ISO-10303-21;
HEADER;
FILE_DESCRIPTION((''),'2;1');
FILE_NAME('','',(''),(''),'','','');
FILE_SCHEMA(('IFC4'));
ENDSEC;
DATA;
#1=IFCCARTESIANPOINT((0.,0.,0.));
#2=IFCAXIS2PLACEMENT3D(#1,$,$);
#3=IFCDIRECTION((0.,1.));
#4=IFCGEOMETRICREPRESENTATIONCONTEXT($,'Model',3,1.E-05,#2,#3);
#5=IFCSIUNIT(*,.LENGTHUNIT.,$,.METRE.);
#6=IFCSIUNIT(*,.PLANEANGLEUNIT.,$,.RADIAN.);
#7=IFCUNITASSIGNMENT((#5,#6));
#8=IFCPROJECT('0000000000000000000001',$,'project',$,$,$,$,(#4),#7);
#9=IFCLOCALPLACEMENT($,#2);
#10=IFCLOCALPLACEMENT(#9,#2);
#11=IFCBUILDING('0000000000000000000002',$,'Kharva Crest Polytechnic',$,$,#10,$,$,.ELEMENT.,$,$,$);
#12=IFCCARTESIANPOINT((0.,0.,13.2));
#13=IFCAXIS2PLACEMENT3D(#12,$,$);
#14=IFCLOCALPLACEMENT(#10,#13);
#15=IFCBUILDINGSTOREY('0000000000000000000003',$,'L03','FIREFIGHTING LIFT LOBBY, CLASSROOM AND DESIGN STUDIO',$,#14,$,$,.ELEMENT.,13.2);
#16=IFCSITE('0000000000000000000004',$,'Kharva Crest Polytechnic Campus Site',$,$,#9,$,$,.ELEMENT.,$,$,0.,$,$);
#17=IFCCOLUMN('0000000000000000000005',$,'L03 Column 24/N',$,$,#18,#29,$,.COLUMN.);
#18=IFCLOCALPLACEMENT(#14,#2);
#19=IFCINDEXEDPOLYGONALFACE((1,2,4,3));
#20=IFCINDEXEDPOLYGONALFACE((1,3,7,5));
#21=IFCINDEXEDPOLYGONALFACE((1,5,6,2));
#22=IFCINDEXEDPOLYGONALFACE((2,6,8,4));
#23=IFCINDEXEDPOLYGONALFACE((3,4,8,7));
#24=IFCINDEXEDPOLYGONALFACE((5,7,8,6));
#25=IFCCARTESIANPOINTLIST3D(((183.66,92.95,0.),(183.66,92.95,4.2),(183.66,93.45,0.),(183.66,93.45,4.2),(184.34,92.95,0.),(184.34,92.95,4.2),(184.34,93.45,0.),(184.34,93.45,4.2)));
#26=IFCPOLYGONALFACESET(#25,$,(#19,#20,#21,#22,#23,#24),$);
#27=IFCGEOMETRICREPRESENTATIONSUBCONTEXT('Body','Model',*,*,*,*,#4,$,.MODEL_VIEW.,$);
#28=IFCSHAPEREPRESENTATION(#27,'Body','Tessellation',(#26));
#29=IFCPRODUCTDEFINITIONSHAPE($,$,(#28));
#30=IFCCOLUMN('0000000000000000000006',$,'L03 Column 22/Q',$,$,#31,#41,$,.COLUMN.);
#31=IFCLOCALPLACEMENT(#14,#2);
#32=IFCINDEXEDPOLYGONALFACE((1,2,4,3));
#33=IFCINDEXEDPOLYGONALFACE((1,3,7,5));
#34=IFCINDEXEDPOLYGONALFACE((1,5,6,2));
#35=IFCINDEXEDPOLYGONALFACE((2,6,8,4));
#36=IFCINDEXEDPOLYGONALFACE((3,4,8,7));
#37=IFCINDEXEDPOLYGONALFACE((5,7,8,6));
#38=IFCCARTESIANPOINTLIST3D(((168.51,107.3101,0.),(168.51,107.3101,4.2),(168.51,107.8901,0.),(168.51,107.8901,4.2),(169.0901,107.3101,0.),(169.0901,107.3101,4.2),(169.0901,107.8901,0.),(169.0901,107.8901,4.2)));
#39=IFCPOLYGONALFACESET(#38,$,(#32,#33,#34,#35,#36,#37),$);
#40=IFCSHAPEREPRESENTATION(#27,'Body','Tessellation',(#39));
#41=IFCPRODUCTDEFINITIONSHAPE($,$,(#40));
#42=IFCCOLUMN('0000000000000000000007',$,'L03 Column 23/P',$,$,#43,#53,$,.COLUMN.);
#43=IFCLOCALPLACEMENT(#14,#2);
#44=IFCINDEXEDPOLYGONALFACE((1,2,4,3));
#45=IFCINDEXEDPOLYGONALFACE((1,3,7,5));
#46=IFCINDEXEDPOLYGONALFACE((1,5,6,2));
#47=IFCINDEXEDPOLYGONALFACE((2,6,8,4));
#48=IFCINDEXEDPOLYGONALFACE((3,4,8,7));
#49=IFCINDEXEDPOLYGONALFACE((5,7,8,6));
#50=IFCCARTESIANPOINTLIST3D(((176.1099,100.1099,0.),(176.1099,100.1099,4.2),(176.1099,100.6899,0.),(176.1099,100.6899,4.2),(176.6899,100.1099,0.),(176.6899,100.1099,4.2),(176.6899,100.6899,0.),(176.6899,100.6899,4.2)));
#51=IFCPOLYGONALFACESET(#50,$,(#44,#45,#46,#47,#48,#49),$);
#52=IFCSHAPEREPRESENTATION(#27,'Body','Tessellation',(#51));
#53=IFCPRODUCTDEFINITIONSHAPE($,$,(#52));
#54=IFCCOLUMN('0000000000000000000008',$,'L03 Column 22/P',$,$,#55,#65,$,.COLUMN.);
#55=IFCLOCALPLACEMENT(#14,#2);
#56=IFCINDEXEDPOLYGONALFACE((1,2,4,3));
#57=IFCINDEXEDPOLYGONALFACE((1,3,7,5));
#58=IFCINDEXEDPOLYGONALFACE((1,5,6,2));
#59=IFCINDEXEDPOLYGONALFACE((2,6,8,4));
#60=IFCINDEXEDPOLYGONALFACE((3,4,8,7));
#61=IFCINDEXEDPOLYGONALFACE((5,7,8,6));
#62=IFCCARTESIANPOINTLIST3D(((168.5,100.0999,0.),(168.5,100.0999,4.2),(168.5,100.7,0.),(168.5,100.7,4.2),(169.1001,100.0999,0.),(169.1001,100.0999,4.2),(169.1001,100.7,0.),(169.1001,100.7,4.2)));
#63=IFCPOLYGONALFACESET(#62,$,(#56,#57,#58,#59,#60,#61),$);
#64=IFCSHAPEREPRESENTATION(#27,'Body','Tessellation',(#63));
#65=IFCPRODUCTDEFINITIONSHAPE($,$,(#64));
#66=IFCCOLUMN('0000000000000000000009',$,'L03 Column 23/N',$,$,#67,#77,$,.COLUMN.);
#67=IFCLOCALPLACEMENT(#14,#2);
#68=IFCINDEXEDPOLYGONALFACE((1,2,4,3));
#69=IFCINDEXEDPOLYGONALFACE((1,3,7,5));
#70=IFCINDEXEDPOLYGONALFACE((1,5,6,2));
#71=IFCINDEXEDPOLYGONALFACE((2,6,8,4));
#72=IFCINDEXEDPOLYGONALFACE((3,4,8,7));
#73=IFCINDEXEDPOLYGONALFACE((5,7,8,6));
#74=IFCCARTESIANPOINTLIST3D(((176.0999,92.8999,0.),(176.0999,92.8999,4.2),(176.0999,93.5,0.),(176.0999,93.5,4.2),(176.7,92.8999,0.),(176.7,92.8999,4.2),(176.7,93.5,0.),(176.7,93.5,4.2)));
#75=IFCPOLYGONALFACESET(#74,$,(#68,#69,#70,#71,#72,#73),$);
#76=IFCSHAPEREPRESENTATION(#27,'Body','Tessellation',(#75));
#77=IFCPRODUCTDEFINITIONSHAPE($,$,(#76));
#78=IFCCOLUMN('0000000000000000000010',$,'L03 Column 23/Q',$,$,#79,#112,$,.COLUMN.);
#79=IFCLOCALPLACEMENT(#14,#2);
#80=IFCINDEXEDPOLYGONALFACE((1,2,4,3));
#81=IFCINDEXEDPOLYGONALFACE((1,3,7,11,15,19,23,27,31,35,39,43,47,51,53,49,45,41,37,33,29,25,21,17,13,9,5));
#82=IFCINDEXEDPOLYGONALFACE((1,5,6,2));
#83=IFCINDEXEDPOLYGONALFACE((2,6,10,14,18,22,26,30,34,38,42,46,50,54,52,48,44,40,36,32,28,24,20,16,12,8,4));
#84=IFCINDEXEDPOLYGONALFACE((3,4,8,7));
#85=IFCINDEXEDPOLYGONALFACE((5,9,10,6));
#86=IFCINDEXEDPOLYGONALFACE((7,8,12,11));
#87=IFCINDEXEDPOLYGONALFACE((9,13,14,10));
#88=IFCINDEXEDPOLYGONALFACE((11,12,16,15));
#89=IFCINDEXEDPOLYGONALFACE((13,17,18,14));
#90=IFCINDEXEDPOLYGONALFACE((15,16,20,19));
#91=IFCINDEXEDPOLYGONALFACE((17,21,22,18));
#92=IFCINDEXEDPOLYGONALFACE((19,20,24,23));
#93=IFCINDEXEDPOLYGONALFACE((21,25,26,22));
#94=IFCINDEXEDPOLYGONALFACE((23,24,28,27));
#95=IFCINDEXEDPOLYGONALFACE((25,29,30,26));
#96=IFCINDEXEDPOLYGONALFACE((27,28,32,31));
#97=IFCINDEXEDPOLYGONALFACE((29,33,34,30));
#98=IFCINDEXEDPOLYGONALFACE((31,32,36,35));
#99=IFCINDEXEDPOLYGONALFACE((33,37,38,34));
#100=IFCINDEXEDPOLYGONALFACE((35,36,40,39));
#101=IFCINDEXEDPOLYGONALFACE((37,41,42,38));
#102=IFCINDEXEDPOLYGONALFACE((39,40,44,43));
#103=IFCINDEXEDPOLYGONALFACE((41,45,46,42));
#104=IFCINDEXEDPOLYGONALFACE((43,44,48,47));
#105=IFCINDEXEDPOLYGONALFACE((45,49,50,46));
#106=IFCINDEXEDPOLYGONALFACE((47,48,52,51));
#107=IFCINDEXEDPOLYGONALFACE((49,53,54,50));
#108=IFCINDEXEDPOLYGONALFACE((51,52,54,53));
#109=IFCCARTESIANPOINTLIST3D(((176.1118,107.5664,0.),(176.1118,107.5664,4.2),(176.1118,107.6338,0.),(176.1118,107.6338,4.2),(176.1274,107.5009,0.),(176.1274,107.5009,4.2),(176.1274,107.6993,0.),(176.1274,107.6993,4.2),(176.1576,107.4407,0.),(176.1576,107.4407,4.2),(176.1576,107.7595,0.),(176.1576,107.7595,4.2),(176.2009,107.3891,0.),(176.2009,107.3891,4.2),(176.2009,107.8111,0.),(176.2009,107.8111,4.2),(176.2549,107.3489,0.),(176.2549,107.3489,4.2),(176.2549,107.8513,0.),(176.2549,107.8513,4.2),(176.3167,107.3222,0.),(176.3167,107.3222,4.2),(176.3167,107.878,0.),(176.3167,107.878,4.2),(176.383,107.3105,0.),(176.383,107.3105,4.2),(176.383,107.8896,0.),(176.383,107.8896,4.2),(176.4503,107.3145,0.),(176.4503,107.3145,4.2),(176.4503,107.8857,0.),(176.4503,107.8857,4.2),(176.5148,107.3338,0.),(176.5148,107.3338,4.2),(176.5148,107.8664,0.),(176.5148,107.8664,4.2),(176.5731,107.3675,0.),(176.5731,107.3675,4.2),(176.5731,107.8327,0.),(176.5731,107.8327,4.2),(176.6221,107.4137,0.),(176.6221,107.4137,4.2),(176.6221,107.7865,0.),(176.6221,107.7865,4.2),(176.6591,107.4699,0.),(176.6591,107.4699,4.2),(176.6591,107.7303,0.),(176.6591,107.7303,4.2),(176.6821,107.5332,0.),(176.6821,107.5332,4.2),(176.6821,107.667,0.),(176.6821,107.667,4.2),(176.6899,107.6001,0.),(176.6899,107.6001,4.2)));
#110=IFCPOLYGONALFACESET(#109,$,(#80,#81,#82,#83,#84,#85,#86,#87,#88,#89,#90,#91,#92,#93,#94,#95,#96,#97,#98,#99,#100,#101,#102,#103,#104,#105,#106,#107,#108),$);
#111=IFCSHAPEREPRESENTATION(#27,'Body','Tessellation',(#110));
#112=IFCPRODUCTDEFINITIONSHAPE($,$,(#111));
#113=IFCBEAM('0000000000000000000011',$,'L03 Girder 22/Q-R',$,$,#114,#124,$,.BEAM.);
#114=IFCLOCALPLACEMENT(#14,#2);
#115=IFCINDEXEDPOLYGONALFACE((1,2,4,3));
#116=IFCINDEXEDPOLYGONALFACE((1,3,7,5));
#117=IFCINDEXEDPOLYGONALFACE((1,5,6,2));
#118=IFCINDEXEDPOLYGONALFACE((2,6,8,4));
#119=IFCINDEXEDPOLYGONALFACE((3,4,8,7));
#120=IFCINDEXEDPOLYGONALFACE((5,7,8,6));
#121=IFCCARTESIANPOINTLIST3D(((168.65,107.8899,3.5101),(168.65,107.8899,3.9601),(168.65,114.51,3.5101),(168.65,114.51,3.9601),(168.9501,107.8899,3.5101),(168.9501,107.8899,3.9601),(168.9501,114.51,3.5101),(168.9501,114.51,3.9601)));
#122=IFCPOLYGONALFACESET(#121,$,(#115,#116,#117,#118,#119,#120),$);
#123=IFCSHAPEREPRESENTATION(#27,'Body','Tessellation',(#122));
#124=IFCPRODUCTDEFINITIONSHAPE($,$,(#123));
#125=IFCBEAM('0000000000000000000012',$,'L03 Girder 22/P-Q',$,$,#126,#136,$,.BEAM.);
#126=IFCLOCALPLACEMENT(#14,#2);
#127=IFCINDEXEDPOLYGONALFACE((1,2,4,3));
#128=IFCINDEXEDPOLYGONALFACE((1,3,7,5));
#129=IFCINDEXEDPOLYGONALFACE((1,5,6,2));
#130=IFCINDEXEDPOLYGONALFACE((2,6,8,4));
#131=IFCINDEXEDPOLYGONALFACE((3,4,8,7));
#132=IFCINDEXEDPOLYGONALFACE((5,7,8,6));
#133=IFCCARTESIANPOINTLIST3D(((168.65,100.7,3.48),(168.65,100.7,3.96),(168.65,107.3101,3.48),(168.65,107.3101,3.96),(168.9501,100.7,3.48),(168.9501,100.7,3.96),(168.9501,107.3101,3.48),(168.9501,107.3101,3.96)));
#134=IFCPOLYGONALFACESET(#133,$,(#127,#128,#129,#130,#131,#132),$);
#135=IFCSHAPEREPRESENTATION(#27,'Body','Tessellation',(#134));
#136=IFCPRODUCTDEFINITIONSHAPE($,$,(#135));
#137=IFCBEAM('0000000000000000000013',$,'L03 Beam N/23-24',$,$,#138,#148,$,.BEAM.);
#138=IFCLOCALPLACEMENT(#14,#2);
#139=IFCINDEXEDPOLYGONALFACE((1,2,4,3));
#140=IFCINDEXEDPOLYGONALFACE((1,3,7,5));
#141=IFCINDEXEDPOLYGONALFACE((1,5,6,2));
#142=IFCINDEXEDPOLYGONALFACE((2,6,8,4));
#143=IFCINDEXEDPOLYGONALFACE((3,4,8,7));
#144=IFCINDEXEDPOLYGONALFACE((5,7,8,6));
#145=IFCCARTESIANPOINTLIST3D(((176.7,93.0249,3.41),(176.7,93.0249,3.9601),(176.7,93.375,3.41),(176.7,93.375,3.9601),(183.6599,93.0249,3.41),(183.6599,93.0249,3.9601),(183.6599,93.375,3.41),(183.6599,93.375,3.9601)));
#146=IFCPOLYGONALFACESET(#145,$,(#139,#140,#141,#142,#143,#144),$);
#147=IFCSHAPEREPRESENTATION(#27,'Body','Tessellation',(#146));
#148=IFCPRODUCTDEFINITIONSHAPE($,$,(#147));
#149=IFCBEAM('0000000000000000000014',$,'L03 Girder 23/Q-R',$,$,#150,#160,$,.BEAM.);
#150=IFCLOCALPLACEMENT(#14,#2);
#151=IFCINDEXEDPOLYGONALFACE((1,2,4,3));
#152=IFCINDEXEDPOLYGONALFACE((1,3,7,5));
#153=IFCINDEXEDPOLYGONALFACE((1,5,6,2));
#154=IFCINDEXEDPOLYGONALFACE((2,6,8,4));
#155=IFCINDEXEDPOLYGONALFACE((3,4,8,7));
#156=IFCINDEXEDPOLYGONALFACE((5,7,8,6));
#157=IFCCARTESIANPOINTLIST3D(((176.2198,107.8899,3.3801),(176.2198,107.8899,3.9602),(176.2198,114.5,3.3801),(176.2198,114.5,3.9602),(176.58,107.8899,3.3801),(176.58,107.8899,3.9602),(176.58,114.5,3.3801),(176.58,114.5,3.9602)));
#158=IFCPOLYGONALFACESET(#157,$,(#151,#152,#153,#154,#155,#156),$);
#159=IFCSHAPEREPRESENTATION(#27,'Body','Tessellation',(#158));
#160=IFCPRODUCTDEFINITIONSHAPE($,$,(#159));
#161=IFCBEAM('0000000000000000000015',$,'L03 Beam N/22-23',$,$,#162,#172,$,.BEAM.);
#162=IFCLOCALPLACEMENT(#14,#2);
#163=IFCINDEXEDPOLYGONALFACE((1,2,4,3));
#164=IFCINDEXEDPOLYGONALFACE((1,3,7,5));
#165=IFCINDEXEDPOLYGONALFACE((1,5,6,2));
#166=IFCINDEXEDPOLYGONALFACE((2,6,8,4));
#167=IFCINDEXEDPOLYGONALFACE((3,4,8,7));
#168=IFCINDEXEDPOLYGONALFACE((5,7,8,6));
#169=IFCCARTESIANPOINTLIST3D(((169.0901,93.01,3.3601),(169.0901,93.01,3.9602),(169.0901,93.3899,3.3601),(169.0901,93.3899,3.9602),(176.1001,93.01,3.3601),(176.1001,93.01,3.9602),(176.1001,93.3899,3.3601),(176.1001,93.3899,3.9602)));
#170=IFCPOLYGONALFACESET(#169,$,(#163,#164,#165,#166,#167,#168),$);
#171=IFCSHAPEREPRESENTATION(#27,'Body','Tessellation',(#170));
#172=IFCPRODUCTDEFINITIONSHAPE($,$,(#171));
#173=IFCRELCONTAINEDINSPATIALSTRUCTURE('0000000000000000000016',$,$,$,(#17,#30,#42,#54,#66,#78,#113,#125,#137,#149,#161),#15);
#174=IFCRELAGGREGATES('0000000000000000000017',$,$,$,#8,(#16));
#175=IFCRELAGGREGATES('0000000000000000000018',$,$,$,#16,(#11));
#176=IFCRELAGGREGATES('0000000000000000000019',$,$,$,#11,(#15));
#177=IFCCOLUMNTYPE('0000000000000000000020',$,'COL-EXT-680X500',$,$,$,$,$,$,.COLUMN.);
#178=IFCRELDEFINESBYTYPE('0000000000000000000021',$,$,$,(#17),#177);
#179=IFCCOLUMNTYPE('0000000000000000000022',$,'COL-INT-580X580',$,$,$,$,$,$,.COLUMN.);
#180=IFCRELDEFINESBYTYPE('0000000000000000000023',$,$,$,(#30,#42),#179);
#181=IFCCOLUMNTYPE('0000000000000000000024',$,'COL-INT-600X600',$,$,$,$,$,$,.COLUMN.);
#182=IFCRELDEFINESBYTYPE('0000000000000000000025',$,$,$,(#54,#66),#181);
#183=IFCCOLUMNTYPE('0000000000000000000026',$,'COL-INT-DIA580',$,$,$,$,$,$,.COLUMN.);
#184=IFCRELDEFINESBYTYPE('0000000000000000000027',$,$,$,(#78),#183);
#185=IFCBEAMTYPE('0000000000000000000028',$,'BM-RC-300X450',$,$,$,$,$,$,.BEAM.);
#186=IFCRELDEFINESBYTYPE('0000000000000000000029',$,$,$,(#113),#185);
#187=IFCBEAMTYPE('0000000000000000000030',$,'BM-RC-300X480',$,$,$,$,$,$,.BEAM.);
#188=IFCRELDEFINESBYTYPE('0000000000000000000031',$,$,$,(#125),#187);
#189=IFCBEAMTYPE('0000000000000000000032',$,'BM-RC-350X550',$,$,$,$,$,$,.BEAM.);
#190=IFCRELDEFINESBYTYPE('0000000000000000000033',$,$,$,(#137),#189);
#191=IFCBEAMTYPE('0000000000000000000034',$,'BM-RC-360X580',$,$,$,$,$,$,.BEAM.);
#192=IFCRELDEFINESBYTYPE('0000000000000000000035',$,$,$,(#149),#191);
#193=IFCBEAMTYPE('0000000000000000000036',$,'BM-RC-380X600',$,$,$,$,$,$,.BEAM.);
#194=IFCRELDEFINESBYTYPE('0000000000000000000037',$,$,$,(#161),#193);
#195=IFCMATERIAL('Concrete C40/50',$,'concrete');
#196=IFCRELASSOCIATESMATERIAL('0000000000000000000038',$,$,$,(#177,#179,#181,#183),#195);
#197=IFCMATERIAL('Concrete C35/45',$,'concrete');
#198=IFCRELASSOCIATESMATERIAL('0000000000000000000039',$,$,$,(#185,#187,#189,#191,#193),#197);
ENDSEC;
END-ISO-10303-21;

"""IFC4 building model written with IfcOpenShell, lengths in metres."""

from ifc_helpers import new_model, si_unit, direction, frame, origin, origin_2d, place, context, subcontext, project, spatial, rectangle, circle, extrude, material, material_profile, profile_set, type_object, element, save


model = new_model("IFC4")

# Units and contexts
model_context = context("Model", 3, precision=1e-05, world=origin(), true_north=direction((0.0, 1.0)))
body_context = subcontext(model_context, "Body", "Model", "MODEL_VIEW")
ifc_project = project(units=[si_unit("LENGTHUNIT", "METRE"), si_unit("PLANEANGLEUNIT", "RADIAN")], contexts=[model_context])

# Site, building, storey
site_placement = place(None, origin())
site = spatial("IfcSite", under=ifc_project, at=site_placement, Name="Kharva Crest Polytechnic Campus Site", CompositionType="ELEMENT", RefElevation=0.0)
building_placement = place(site_placement, origin())
building = spatial("IfcBuilding", under=site, at=building_placement, Name="Kharva Crest Polytechnic", CompositionType="ELEMENT")
storey_placement = place(building_placement, frame((0.0, 0.0, 13.2)))
storey = spatial("IfcBuildingStorey", under=building, at=storey_placement, Name="L03", Description="FIREFIGHTING LIFT LOBBY, CLASSROOM AND DESIGN STUDIO", CompositionType="ELEMENT", Elevation=13.2)

# Columns
ifc_material_1 = material(Name="Concrete C40/50", Category="concrete")
ifc_material_profile_1 = material_profile(ifc_material_1, rectangle(XDim=0.6799, YDim=0.5, at=origin_2d()), Name="RECT 680 X 500")
ifc_profile_set_1 = profile_set([ifc_material_profile_1], Name="Concrete C40/50")
column_type_1 = type_object("IfcColumnType", Name="COL-EXT-680X500", PredefinedType="COLUMN", material=ifc_profile_set_1)
column_1_placement = place(storey_placement, frame((184.0, 93.2, 0.0), z_axis=(0.0, 0.0, 1.0), x_axis=(1.0, 0.0, 0.0)))
element("IfcColumn", 1, at=column_1_placement, inside=storey, type_object=column_type_1, Name="L03 Column 24/N", PredefinedType="COLUMN", context=body_context, shape_type="SweptSolid", body=[
    extrude(rectangle(XDim=0.6799, YDim=0.5, at=origin_2d()), origin(), (0.0, 0.0, 1.0), 4.2),
])
ifc_material_profile_2 = material_profile(ifc_material_1, rectangle(XDim=0.5801, YDim=0.5801, at=origin_2d()), Name="RECT 580 X 580")
ifc_profile_set_2 = profile_set([ifc_material_profile_2], Name="Concrete C40/50")
column_type_2 = type_object("IfcColumnType", Name="COL-INT-580X580", PredefinedType="COLUMN", material=ifc_profile_set_2)
for number, where, z_axis, x_axis, name in (
    (2, (168.8, 107.6001, 0.0), (0.0, 0.0, 1.0), (1.0, 0.0, 0.0), "L03 Column 22/Q"),
    (3, (176.3999, 100.3999, 0.0), (0.0, 0.0, 1.0), (1.0, 0.0, 0.0), "L03 Column 23/P"),
):
    element("IfcColumn", number, at=place(storey_placement, frame(where, z_axis=z_axis, x_axis=x_axis)), inside=storey, type_object=column_type_2, Name=name, PredefinedType="COLUMN", context=body_context, shape_type="SweptSolid", body=[
        extrude(rectangle(XDim=0.5801, YDim=0.5801, at=origin_2d()), origin(), (0.0, 0.0, 1.0), 4.2),
    ])
ifc_material_profile_3 = material_profile(ifc_material_1, rectangle(XDim=0.6001, YDim=0.6001, at=origin_2d()), Name="RECT 600 X 600")
ifc_profile_set_3 = profile_set([ifc_material_profile_3], Name="Concrete C40/50")
column_type_3 = type_object("IfcColumnType", Name="COL-INT-600X600", PredefinedType="COLUMN", material=ifc_profile_set_3)
for number, where, z_axis, x_axis, name in (
    (4, (168.8, 100.3999, 0.0), (0.0, 0.0, 1.0), (1.0, 0.0, 0.0), "L03 Column 22/P"),
    (5, (176.3999, 93.2, 0.0), (0.0, 0.0, 1.0), (1.0, 0.0, 0.0), "L03 Column 23/N"),
):
    element("IfcColumn", number, at=place(storey_placement, frame(where, z_axis=z_axis, x_axis=x_axis)), inside=storey, type_object=column_type_3, Name=name, PredefinedType="COLUMN", context=body_context, shape_type="SweptSolid", body=[
        extrude(rectangle(XDim=0.6001, YDim=0.6001, at=origin_2d()), origin(), (0.0, 0.0, 1.0), 4.2),
    ])
ifc_material_profile_4 = material_profile(ifc_material_1, circle(Radius=0.29, at=origin_2d()), Name="DIA 580")
ifc_profile_set_4 = profile_set([ifc_material_profile_4], Name="Concrete C40/50")
column_type_4 = type_object("IfcColumnType", Name="COL-INT-DIA580", PredefinedType="COLUMN", material=ifc_profile_set_4)
column_2_placement = place(storey_placement, frame((176.3999, 107.6001, 0.0), z_axis=(0.0, 0.0, 1.0), x_axis=(1.0, 0.0, 0.0)))
element("IfcColumn", 6, at=column_2_placement, inside=storey, type_object=column_type_4, Name="L03 Column 23/Q", PredefinedType="COLUMN", context=body_context, shape_type="SweptSolid", body=[
    extrude(circle(Radius=0.29, at=origin_2d()), origin(), (0.0, 0.0, 1.0), 4.2),
])

# Beams
ifc_material_2 = material(Name="Concrete C35/45", Category="concrete")
ifc_material_profile_5 = material_profile(ifc_material_2, rectangle(XDim=0.3, YDim=0.45, at=origin_2d()), Name="RECT 300 X 450")
ifc_profile_set_5 = profile_set([ifc_material_profile_5], Name="Concrete C35/45")
beam_type_1 = type_object("IfcBeamType", Name="BM-RC-300X450", PredefinedType="BEAM", material=ifc_profile_set_5)
beam_1_placement = place(storey_placement, frame((168.8, 107.8899, 3.7351), z_axis=(0.0, 1.0, 0.0), x_axis=(-1.0, 0.0, 0.0)))
element("IfcBeam", 7, at=beam_1_placement, inside=storey, type_object=beam_type_1, Name="L03 Girder 22/Q-R", PredefinedType="BEAM", context=body_context, shape_type="SweptSolid", body=[
    extrude(rectangle(XDim=0.3, YDim=0.45, at=origin_2d()), origin(), (0.0, 0.0, 1.0), 6.6201),
])
ifc_material_profile_6 = material_profile(ifc_material_2, rectangle(XDim=0.3, YDim=0.48, at=origin_2d()), Name="RECT 300 X 480")
ifc_profile_set_6 = profile_set([ifc_material_profile_6], Name="Concrete C35/45")
beam_type_2 = type_object("IfcBeamType", Name="BM-RC-300X480", PredefinedType="BEAM", material=ifc_profile_set_6)
beam_2_placement = place(storey_placement, frame((168.8, 100.7, 3.72), z_axis=(0.0, 1.0, 0.0), x_axis=(-1.0, 0.0, 0.0)))
element("IfcBeam", 8, at=beam_2_placement, inside=storey, type_object=beam_type_2, Name="L03 Girder 22/P-Q", PredefinedType="BEAM", context=body_context, shape_type="SweptSolid", body=[
    extrude(rectangle(XDim=0.3, YDim=0.48, at=origin_2d()), origin(), (0.0, 0.0, 1.0), 6.6101),
])
ifc_material_profile_7 = material_profile(ifc_material_2, rectangle(XDim=0.3501, YDim=0.55, at=origin_2d()), Name="RECT 350 X 550")
ifc_profile_set_7 = profile_set([ifc_material_profile_7], Name="Concrete C35/45")
beam_type_3 = type_object("IfcBeamType", Name="BM-RC-350X550", PredefinedType="BEAM", material=ifc_profile_set_7)
beam_3_placement = place(storey_placement, frame((176.7, 93.2, 3.6851), z_axis=(1.0, 0.0, 0.0), x_axis=(0.0, 1.0, 0.0)))
element("IfcBeam", 9, at=beam_3_placement, inside=storey, type_object=beam_type_3, Name="L03 Beam N/23-24", PredefinedType="BEAM", context=body_context, shape_type="SweptSolid", body=[
    extrude(rectangle(XDim=0.3501, YDim=0.55, at=origin_2d()), origin(), (0.0, 0.0, 1.0), 6.96),
])
ifc_material_profile_8 = material_profile(ifc_material_2, rectangle(XDim=0.3601, YDim=0.5801, at=origin_2d()), Name="RECT 360 X 580")
ifc_profile_set_8 = profile_set([ifc_material_profile_8], Name="Concrete C35/45")
beam_type_4 = type_object("IfcBeamType", Name="BM-RC-360X580", PredefinedType="BEAM", material=ifc_profile_set_8)
beam_4_placement = place(storey_placement, frame((176.3999, 107.8899, 3.6702), z_axis=(0.0, 1.0, 0.0), x_axis=(-1.0, 0.0, 0.0)))
element("IfcBeam", 10, at=beam_4_placement, inside=storey, type_object=beam_type_4, Name="L03 Girder 23/Q-R", PredefinedType="BEAM", context=body_context, shape_type="SweptSolid", body=[
    extrude(rectangle(XDim=0.3601, YDim=0.5801, at=origin_2d()), origin(), (0.0, 0.0, 1.0), 6.6101),
])
ifc_material_profile_9 = material_profile(ifc_material_2, rectangle(XDim=0.3799, YDim=0.6001, at=origin_2d()), Name="RECT 380 X 600")
ifc_profile_set_9 = profile_set([ifc_material_profile_9], Name="Concrete C35/45")
beam_type_5 = type_object("IfcBeamType", Name="BM-RC-380X600", PredefinedType="BEAM", material=ifc_profile_set_9)
beam_5_placement = place(storey_placement, frame((169.0901, 93.2, 3.6602), z_axis=(1.0, 0.0, 0.0), x_axis=(0.0, 1.0, 0.0)))
element("IfcBeam", 11, at=beam_5_placement, inside=storey, type_object=beam_type_5, Name="L03 Beam N/22-23", PredefinedType="BEAM", context=body_context, shape_type="SweptSolid", body=[
    extrude(rectangle(XDim=0.3799, YDim=0.6001, at=origin_2d()), origin(), (0.0, 0.0, 1.0), 7.01),
])

save(model, "model.ifc")
